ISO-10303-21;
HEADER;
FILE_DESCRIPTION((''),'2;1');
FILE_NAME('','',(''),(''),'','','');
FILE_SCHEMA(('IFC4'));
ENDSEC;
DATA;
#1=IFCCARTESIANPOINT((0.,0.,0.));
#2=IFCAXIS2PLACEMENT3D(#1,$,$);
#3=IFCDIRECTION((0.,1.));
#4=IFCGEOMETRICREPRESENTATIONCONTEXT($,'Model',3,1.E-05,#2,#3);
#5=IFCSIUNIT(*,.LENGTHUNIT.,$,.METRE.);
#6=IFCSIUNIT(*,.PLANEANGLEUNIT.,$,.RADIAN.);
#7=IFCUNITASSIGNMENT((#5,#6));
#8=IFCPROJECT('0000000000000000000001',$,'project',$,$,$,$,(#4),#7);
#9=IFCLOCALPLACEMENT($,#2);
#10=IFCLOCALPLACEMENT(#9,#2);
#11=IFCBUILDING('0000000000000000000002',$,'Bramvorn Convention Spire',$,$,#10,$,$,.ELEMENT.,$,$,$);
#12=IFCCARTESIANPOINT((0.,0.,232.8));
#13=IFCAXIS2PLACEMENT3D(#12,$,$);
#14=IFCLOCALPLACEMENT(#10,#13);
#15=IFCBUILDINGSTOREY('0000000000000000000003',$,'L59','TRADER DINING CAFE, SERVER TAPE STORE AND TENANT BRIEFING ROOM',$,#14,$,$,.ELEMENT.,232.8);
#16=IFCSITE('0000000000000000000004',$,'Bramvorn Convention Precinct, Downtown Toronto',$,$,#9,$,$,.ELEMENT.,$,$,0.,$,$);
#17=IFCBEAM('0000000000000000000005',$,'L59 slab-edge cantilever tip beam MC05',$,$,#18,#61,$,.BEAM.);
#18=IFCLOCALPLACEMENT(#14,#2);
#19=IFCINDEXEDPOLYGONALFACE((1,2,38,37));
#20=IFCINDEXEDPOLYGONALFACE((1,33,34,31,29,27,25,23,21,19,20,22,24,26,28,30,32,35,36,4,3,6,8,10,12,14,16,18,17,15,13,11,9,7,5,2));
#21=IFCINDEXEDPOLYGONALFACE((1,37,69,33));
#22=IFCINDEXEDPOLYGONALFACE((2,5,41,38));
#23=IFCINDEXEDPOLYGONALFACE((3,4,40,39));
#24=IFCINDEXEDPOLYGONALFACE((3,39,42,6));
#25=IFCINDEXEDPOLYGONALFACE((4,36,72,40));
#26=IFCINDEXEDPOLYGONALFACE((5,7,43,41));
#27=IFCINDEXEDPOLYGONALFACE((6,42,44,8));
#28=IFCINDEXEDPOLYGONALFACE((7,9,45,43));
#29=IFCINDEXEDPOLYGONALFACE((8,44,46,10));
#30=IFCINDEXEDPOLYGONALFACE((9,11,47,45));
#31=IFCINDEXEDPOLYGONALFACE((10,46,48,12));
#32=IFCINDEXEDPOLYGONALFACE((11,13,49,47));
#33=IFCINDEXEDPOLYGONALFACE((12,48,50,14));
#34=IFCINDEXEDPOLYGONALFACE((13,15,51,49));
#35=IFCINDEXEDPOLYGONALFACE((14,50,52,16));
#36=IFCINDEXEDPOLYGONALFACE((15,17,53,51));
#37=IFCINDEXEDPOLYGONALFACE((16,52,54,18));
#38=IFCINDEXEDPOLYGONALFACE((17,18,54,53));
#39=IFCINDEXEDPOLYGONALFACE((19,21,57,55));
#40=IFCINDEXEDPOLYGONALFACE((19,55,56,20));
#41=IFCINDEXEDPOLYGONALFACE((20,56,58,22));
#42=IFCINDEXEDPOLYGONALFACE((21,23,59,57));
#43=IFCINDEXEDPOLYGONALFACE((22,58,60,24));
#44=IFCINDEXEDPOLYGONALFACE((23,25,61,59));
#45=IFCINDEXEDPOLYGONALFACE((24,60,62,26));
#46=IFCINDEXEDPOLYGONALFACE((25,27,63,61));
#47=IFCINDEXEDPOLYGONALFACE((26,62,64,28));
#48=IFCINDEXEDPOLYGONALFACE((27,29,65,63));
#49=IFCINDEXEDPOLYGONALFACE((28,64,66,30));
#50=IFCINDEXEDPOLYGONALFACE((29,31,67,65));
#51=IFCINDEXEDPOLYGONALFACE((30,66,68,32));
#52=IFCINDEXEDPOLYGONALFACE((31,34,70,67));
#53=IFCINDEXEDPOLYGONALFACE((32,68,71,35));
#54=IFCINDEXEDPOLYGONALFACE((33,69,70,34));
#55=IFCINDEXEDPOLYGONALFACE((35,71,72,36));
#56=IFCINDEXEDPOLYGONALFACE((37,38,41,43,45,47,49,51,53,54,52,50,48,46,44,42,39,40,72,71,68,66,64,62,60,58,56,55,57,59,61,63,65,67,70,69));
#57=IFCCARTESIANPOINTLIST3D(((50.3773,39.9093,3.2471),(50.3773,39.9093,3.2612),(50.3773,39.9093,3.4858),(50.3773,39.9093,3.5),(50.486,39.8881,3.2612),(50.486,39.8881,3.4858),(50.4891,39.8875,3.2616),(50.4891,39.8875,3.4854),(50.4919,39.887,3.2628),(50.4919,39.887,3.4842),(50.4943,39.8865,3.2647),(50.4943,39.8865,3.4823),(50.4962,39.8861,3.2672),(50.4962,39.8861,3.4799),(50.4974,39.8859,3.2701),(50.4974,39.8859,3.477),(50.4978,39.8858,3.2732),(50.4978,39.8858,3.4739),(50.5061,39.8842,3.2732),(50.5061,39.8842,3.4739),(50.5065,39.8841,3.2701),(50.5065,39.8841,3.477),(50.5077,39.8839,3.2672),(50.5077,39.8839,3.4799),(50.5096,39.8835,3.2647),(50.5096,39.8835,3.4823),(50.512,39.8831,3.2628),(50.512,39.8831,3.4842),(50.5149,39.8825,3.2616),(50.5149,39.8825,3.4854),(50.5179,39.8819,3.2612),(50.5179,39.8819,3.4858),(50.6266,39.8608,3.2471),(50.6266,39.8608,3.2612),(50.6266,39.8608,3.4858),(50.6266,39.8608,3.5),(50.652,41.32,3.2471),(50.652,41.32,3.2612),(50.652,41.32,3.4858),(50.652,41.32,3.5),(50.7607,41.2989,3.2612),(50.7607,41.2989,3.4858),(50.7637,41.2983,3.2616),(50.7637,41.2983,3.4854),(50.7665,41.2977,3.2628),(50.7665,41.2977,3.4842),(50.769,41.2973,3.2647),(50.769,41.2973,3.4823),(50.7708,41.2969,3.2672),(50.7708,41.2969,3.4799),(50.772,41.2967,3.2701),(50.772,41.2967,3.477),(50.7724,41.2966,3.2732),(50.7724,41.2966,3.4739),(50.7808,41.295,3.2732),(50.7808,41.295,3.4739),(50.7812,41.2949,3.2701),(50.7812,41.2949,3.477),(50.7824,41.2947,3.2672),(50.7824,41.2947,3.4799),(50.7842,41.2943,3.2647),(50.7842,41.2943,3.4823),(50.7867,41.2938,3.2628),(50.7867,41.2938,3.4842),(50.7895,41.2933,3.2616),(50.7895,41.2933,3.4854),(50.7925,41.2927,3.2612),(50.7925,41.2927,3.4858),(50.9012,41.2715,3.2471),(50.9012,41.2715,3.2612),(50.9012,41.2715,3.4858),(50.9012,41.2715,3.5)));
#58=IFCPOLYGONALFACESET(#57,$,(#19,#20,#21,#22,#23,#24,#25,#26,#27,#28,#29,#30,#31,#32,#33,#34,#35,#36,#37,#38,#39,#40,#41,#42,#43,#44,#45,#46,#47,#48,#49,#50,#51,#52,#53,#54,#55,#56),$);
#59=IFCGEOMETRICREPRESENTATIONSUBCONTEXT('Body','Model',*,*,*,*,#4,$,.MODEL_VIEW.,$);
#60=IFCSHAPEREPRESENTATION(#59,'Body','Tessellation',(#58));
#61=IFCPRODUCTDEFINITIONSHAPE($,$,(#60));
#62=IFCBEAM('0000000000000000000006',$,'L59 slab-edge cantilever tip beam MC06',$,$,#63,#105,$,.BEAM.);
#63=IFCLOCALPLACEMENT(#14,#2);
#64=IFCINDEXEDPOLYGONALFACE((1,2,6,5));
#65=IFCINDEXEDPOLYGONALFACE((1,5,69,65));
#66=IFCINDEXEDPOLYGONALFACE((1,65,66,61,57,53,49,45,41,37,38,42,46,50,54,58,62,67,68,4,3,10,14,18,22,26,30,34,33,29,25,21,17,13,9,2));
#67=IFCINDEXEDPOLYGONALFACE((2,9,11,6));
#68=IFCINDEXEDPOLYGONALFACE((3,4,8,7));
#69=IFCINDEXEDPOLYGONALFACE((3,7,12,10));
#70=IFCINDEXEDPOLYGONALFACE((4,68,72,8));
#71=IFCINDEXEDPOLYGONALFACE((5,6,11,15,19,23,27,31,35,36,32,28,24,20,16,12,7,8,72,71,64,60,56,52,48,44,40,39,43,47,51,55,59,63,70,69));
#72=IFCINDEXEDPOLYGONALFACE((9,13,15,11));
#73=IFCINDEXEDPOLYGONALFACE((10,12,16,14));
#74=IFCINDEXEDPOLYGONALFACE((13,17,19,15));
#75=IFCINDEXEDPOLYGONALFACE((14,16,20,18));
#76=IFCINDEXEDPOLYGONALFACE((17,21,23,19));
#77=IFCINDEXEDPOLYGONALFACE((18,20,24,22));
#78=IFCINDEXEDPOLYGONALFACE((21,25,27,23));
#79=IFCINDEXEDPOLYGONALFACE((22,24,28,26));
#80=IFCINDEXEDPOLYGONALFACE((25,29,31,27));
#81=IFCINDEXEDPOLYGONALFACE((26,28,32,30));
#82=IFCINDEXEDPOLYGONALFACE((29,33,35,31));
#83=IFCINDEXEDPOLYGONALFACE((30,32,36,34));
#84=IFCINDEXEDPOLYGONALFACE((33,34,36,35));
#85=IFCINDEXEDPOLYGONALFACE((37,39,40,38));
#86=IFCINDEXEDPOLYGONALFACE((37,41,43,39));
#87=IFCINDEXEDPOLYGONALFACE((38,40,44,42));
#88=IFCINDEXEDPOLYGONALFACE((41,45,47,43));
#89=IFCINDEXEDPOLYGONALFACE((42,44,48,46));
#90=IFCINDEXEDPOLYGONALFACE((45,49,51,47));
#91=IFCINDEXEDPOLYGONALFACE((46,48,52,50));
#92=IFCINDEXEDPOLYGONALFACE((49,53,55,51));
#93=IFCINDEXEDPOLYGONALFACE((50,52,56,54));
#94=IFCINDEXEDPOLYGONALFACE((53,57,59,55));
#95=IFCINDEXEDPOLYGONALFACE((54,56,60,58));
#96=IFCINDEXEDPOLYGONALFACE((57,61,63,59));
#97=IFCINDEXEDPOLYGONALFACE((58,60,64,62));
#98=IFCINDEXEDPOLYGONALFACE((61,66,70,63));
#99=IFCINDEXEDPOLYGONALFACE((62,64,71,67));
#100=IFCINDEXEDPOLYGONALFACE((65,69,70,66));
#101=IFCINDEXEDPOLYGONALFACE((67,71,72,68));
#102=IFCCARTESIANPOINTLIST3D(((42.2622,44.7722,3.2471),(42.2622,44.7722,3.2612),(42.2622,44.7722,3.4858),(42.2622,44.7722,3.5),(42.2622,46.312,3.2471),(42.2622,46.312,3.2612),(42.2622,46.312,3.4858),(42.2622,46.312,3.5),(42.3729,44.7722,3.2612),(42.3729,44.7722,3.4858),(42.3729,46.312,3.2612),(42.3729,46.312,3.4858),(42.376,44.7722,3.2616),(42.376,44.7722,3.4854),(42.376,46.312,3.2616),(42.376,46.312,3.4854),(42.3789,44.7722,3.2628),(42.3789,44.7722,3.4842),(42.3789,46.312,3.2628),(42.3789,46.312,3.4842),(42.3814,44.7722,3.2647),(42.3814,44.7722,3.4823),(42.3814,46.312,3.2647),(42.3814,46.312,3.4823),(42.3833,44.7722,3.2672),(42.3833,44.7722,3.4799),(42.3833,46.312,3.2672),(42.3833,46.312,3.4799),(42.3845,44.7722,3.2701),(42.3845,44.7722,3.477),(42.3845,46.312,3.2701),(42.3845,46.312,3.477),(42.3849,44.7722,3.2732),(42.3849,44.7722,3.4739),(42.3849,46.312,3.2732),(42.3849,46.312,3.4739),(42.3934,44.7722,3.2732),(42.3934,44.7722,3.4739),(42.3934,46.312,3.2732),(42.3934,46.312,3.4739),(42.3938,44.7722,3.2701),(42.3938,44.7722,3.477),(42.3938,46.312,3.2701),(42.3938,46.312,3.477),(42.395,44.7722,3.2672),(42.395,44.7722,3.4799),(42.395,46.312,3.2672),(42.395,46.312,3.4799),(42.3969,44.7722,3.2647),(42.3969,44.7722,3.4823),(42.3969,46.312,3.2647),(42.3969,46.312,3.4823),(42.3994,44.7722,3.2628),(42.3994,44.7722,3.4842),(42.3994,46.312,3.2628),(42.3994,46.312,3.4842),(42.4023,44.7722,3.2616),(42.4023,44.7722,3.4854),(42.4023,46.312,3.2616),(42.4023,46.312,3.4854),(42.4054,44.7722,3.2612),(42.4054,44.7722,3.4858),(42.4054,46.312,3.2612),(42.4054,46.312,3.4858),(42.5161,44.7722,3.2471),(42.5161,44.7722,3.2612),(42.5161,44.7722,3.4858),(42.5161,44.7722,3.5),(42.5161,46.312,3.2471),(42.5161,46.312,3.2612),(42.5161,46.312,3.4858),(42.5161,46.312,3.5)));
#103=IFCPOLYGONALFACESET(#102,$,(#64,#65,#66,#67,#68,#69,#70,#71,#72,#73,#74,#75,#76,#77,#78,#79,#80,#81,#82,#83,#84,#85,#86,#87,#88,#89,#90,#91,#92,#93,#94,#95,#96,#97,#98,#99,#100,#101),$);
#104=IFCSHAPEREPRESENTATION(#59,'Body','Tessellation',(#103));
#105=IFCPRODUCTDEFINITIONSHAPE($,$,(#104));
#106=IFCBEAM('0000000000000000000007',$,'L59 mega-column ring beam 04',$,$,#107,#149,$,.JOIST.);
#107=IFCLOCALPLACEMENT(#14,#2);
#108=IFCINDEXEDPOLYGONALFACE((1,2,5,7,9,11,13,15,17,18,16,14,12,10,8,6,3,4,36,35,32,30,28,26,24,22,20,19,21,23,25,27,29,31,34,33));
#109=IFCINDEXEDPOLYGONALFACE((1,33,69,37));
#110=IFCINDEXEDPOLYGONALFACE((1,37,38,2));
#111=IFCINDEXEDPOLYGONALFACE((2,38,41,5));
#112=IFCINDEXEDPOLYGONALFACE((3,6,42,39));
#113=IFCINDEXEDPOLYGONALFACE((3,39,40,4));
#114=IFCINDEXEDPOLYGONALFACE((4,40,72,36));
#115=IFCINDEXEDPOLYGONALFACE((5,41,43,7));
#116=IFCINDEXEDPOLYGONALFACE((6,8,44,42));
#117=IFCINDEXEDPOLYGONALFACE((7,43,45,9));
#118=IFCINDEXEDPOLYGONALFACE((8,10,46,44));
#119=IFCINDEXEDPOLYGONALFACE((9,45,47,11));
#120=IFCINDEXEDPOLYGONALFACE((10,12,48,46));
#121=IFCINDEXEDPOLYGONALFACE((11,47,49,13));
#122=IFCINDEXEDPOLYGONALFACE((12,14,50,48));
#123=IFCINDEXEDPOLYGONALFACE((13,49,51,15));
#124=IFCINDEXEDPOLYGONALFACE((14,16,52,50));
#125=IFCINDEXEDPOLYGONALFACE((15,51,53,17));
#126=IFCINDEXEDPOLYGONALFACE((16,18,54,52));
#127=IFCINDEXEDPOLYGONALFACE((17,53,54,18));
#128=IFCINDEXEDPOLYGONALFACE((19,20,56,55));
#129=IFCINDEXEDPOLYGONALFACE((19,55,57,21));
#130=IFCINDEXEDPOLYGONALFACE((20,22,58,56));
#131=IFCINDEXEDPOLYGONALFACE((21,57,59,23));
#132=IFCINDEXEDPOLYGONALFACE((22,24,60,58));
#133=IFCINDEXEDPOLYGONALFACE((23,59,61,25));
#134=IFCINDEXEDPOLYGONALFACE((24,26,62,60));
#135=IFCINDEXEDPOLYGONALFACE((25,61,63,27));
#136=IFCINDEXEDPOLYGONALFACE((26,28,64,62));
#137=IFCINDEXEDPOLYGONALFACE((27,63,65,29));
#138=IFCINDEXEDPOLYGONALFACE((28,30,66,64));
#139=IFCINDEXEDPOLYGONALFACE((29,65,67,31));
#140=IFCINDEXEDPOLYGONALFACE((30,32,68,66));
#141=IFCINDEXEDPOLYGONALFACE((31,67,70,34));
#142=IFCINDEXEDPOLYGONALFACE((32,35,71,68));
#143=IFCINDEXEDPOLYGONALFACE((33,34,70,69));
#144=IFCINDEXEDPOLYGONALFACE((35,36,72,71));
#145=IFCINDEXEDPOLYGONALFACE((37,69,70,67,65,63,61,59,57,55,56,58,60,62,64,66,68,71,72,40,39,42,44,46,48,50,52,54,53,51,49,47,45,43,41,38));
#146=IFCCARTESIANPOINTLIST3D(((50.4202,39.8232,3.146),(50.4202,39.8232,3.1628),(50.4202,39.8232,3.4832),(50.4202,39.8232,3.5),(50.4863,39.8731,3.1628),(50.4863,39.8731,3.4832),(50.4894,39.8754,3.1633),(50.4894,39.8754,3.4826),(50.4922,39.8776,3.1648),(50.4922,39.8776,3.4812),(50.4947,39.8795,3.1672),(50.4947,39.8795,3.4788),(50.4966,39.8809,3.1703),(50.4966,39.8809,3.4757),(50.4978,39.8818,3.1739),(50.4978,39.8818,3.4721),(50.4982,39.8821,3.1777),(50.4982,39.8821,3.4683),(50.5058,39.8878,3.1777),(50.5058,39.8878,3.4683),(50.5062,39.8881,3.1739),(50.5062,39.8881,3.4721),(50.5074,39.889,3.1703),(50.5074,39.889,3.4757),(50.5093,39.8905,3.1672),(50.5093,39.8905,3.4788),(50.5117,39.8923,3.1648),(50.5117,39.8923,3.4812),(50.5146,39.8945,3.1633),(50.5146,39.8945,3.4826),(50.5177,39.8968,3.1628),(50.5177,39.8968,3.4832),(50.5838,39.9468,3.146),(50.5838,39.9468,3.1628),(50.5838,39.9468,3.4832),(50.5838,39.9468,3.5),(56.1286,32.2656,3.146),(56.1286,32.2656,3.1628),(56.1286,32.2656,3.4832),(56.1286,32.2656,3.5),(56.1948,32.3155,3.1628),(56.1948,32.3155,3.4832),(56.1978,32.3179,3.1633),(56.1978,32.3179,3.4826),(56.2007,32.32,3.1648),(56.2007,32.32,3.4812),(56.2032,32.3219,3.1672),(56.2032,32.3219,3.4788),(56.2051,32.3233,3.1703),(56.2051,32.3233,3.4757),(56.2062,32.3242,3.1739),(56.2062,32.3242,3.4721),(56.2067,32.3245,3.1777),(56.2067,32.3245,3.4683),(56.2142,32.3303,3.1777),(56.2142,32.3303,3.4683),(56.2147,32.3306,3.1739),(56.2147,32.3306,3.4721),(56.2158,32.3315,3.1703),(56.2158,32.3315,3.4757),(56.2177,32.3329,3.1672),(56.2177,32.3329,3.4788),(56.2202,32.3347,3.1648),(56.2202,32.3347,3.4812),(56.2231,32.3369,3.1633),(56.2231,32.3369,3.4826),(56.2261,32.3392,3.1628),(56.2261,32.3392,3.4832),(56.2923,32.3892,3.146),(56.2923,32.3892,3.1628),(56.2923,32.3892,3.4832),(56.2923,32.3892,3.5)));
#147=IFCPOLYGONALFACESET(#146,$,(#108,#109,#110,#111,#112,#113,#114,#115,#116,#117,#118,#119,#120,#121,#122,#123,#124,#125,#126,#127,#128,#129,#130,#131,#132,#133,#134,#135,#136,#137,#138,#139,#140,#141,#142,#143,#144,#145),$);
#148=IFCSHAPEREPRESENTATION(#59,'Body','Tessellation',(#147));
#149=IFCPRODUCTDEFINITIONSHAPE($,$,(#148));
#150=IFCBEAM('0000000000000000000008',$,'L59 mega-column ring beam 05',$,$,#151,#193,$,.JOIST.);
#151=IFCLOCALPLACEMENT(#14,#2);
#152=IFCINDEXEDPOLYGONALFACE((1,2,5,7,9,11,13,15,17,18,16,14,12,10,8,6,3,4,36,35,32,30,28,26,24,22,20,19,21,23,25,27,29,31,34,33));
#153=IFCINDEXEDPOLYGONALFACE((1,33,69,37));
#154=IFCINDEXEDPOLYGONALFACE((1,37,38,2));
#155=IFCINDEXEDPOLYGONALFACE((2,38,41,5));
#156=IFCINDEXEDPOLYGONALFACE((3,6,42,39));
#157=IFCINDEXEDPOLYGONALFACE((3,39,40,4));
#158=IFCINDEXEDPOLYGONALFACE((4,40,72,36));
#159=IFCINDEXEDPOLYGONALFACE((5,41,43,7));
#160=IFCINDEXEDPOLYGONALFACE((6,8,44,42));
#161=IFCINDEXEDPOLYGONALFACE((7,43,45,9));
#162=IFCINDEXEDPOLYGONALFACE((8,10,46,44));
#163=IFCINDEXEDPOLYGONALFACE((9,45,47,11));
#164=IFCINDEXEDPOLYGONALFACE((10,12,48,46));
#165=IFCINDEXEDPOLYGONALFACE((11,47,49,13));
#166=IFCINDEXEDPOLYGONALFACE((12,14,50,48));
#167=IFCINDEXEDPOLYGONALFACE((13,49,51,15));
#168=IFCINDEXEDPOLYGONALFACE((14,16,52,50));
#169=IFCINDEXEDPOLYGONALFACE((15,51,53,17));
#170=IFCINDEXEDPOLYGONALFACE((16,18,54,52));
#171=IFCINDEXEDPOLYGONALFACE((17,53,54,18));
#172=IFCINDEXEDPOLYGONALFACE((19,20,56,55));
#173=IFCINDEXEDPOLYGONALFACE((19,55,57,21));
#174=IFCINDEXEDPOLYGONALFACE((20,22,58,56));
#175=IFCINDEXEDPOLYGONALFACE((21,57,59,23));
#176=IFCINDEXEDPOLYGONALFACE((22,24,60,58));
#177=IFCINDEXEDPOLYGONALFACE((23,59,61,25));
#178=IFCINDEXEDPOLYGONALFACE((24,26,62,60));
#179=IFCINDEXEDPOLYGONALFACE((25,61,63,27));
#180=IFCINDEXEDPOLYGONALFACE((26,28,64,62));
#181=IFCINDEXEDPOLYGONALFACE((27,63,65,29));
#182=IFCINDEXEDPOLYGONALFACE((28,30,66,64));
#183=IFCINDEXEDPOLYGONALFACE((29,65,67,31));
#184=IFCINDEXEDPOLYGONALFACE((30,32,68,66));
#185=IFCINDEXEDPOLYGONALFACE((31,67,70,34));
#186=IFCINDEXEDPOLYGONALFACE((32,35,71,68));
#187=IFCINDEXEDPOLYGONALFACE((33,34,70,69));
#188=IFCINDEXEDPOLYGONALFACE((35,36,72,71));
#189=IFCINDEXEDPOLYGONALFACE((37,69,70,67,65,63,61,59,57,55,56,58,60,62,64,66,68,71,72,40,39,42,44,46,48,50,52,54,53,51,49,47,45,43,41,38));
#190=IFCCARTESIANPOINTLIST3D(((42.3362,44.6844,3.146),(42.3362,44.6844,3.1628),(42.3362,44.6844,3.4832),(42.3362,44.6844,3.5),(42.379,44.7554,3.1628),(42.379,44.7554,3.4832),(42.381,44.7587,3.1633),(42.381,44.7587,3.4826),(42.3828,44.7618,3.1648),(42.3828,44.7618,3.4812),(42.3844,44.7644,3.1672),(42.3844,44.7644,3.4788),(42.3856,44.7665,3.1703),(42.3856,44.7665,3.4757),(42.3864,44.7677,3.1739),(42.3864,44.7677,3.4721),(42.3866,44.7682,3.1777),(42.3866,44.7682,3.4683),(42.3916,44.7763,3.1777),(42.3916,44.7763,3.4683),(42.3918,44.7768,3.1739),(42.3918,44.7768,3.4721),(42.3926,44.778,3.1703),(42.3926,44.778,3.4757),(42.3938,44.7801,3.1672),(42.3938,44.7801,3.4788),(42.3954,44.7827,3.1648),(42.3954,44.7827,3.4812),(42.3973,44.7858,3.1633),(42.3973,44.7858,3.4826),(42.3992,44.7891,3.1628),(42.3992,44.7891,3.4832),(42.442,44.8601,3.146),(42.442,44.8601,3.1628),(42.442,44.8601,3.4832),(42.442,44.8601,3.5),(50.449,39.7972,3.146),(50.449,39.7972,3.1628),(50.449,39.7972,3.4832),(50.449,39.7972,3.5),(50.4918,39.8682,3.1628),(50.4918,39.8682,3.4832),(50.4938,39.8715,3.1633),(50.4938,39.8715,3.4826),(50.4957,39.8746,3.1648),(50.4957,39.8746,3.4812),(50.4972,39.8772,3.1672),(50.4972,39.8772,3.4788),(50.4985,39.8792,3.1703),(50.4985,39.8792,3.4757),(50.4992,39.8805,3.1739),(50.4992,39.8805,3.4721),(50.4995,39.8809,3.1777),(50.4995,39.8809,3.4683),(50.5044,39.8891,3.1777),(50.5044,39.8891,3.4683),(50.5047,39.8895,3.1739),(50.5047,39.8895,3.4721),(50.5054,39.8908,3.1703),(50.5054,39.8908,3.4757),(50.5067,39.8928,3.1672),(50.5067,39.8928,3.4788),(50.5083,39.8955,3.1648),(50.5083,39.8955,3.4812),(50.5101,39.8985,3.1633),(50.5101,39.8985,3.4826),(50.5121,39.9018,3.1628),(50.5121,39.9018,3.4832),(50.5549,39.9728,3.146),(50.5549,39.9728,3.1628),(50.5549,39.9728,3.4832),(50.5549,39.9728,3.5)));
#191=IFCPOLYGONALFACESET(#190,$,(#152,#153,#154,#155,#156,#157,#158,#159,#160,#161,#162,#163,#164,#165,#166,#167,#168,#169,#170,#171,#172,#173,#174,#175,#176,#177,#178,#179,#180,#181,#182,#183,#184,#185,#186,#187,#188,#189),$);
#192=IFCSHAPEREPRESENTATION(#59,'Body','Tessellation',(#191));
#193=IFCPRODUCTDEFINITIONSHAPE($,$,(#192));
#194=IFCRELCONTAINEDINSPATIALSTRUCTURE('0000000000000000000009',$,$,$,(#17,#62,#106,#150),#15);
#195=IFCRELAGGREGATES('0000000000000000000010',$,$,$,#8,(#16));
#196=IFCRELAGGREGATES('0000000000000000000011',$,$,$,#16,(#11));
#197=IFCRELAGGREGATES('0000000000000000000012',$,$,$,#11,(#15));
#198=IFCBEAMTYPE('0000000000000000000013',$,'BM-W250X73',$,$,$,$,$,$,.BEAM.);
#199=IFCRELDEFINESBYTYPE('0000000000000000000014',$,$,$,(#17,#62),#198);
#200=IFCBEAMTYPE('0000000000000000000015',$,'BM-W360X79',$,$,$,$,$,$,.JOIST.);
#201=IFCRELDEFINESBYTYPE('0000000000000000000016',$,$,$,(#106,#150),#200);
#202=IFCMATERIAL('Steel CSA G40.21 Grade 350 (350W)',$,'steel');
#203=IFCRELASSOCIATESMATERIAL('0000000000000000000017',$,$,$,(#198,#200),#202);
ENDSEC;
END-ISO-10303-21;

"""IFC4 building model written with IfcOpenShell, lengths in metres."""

from ifc_helpers import new_model, si_unit, direction, frame, origin, origin_2d, place, context, subcontext, project, spatial, i_section, extrude, material, material_profile, profile_set, type_object, element, save


model = new_model("IFC4")

# Units and contexts
model_context = context("Model", 3, precision=1e-05, world=origin(), true_north=direction((0.0, 1.0)))
body_context = subcontext(model_context, "Body", "Model", "MODEL_VIEW")
ifc_project = project(units=[si_unit("LENGTHUNIT", "METRE"), si_unit("PLANEANGLEUNIT", "RADIAN")], contexts=[model_context])

# Site, building, storey
site_placement = place(None, origin())
site = spatial("IfcSite", under=ifc_project, at=site_placement, Name="Bramvorn Convention Precinct, Downtown Toronto", CompositionType="ELEMENT", RefElevation=0.0)
building_placement = place(site_placement, origin())
building = spatial("IfcBuilding", under=site, at=building_placement, Name="Bramvorn Convention Spire", CompositionType="ELEMENT")
storey_placement = place(building_placement, frame((0.0, 0.0, 232.8)))
storey = spatial("IfcBuildingStorey", under=building, at=storey_placement, Name="L59", Description="TRADER DINING CAFE, SERVER TAPE STORE AND TENANT BRIEFING ROOM", CompositionType="ELEMENT", Elevation=232.8)

# Shared definitions
ifc_material_1 = material(Name="Steel CSA G40.21 Grade 350 (350W)", Category="steel")

# Beams
ifc_material_profile_1 = material_profile(ifc_material_1, i_section(OverallWidth=0.2539, OverallDepth=0.2529, WebThickness=0.0085, FlangeThickness=0.0142, FilletRadius=0.012, at=origin_2d()))
ifc_profile_set_1 = profile_set([ifc_material_profile_1], Name="Steel CSA G40.21 Grade 350 (350W) - W250X73")
beam_type_1 = type_object("IfcBeamType", Name="BM-W250X73", PredefinedType="BEAM", material=ifc_profile_set_1)
beam_1_placement = place(storey_placement, frame((50.502, 39.885, 3.3735), z_axis=(0.191083, 0.981574, 0.0), x_axis=(-0.981574, 0.191083, 0.0)))
element("IfcBeam", 1, at=beam_1_placement, inside=storey, type_object=beam_type_1, Name="L59 slab-edge cantilever tip beam MC05", PredefinedType="BEAM", context=body_context, shape_type="SweptSolid", body=[
    extrude(i_section(OverallWidth=0.2539, OverallDepth=0.2529, WebThickness=0.0085, FlangeThickness=0.0142, FilletRadius=0.012, at=origin_2d()), origin(), (0.0, 0.0, 1.0), 1.4373),
])
beam_2_placement = place(storey_placement, frame((42.3892, 44.7722, 3.3735), z_axis=(0.0, 1.0, 0.0), x_axis=(-1.0, 0.0, 0.0)))
element("IfcBeam", 2, at=beam_2_placement, inside=storey, type_object=beam_type_1, Name="L59 slab-edge cantilever tip beam MC06", PredefinedType="BEAM", context=body_context, shape_type="SweptSolid", body=[
    extrude(i_section(OverallWidth=0.2539, OverallDepth=0.2529, WebThickness=0.0085, FlangeThickness=0.0142, FilletRadius=0.012, at=origin_2d()), origin(), (0.0, 0.0, 1.0), 1.5398),
])
ifc_material_profile_2 = material_profile(ifc_material_1, i_section(OverallWidth=0.2051, OverallDepth=0.354, WebThickness=0.0095, FlangeThickness=0.0168, FilletRadius=0.0149, at=origin_2d()))
ifc_profile_set_2 = profile_set([ifc_material_profile_2], Name="Steel CSA G40.21 Grade 350 (350W) - W360X79")
beam_type_2 = type_object("IfcBeamType", Name="BM-W360X79", PredefinedType="JOIST", material=ifc_profile_set_2)
for number, where, z_axis, x_axis, name in (
    (3, (56.2104, 32.3274, 3.323), (-0.602719, 0.797954, 0.0), (-0.797954, -0.602719, 0.0), "L59 mega-column ring beam 04"),
    (4, (50.502, 39.885, 3.323), (-0.856582, 0.516011, 0.0), (-0.516011, -0.856582, 0.0), "L59 mega-column ring beam 05"),
):
    element("IfcBeam", number, at=place(storey_placement, frame(where, z_axis=z_axis, x_axis=x_axis)), inside=storey, type_object=beam_type_2, Name=name, PredefinedType="JOIST", context=body_context, shape_type="SweptSolid", body=[
        extrude(i_section(OverallWidth=0.2051, OverallDepth=0.354, WebThickness=0.0095, FlangeThickness=0.0168, FilletRadius=0.0149, at=origin_2d()), origin(), (0.0, 0.0, 1.0), 9.4712),
    ])

save(model, "model.ifc")
